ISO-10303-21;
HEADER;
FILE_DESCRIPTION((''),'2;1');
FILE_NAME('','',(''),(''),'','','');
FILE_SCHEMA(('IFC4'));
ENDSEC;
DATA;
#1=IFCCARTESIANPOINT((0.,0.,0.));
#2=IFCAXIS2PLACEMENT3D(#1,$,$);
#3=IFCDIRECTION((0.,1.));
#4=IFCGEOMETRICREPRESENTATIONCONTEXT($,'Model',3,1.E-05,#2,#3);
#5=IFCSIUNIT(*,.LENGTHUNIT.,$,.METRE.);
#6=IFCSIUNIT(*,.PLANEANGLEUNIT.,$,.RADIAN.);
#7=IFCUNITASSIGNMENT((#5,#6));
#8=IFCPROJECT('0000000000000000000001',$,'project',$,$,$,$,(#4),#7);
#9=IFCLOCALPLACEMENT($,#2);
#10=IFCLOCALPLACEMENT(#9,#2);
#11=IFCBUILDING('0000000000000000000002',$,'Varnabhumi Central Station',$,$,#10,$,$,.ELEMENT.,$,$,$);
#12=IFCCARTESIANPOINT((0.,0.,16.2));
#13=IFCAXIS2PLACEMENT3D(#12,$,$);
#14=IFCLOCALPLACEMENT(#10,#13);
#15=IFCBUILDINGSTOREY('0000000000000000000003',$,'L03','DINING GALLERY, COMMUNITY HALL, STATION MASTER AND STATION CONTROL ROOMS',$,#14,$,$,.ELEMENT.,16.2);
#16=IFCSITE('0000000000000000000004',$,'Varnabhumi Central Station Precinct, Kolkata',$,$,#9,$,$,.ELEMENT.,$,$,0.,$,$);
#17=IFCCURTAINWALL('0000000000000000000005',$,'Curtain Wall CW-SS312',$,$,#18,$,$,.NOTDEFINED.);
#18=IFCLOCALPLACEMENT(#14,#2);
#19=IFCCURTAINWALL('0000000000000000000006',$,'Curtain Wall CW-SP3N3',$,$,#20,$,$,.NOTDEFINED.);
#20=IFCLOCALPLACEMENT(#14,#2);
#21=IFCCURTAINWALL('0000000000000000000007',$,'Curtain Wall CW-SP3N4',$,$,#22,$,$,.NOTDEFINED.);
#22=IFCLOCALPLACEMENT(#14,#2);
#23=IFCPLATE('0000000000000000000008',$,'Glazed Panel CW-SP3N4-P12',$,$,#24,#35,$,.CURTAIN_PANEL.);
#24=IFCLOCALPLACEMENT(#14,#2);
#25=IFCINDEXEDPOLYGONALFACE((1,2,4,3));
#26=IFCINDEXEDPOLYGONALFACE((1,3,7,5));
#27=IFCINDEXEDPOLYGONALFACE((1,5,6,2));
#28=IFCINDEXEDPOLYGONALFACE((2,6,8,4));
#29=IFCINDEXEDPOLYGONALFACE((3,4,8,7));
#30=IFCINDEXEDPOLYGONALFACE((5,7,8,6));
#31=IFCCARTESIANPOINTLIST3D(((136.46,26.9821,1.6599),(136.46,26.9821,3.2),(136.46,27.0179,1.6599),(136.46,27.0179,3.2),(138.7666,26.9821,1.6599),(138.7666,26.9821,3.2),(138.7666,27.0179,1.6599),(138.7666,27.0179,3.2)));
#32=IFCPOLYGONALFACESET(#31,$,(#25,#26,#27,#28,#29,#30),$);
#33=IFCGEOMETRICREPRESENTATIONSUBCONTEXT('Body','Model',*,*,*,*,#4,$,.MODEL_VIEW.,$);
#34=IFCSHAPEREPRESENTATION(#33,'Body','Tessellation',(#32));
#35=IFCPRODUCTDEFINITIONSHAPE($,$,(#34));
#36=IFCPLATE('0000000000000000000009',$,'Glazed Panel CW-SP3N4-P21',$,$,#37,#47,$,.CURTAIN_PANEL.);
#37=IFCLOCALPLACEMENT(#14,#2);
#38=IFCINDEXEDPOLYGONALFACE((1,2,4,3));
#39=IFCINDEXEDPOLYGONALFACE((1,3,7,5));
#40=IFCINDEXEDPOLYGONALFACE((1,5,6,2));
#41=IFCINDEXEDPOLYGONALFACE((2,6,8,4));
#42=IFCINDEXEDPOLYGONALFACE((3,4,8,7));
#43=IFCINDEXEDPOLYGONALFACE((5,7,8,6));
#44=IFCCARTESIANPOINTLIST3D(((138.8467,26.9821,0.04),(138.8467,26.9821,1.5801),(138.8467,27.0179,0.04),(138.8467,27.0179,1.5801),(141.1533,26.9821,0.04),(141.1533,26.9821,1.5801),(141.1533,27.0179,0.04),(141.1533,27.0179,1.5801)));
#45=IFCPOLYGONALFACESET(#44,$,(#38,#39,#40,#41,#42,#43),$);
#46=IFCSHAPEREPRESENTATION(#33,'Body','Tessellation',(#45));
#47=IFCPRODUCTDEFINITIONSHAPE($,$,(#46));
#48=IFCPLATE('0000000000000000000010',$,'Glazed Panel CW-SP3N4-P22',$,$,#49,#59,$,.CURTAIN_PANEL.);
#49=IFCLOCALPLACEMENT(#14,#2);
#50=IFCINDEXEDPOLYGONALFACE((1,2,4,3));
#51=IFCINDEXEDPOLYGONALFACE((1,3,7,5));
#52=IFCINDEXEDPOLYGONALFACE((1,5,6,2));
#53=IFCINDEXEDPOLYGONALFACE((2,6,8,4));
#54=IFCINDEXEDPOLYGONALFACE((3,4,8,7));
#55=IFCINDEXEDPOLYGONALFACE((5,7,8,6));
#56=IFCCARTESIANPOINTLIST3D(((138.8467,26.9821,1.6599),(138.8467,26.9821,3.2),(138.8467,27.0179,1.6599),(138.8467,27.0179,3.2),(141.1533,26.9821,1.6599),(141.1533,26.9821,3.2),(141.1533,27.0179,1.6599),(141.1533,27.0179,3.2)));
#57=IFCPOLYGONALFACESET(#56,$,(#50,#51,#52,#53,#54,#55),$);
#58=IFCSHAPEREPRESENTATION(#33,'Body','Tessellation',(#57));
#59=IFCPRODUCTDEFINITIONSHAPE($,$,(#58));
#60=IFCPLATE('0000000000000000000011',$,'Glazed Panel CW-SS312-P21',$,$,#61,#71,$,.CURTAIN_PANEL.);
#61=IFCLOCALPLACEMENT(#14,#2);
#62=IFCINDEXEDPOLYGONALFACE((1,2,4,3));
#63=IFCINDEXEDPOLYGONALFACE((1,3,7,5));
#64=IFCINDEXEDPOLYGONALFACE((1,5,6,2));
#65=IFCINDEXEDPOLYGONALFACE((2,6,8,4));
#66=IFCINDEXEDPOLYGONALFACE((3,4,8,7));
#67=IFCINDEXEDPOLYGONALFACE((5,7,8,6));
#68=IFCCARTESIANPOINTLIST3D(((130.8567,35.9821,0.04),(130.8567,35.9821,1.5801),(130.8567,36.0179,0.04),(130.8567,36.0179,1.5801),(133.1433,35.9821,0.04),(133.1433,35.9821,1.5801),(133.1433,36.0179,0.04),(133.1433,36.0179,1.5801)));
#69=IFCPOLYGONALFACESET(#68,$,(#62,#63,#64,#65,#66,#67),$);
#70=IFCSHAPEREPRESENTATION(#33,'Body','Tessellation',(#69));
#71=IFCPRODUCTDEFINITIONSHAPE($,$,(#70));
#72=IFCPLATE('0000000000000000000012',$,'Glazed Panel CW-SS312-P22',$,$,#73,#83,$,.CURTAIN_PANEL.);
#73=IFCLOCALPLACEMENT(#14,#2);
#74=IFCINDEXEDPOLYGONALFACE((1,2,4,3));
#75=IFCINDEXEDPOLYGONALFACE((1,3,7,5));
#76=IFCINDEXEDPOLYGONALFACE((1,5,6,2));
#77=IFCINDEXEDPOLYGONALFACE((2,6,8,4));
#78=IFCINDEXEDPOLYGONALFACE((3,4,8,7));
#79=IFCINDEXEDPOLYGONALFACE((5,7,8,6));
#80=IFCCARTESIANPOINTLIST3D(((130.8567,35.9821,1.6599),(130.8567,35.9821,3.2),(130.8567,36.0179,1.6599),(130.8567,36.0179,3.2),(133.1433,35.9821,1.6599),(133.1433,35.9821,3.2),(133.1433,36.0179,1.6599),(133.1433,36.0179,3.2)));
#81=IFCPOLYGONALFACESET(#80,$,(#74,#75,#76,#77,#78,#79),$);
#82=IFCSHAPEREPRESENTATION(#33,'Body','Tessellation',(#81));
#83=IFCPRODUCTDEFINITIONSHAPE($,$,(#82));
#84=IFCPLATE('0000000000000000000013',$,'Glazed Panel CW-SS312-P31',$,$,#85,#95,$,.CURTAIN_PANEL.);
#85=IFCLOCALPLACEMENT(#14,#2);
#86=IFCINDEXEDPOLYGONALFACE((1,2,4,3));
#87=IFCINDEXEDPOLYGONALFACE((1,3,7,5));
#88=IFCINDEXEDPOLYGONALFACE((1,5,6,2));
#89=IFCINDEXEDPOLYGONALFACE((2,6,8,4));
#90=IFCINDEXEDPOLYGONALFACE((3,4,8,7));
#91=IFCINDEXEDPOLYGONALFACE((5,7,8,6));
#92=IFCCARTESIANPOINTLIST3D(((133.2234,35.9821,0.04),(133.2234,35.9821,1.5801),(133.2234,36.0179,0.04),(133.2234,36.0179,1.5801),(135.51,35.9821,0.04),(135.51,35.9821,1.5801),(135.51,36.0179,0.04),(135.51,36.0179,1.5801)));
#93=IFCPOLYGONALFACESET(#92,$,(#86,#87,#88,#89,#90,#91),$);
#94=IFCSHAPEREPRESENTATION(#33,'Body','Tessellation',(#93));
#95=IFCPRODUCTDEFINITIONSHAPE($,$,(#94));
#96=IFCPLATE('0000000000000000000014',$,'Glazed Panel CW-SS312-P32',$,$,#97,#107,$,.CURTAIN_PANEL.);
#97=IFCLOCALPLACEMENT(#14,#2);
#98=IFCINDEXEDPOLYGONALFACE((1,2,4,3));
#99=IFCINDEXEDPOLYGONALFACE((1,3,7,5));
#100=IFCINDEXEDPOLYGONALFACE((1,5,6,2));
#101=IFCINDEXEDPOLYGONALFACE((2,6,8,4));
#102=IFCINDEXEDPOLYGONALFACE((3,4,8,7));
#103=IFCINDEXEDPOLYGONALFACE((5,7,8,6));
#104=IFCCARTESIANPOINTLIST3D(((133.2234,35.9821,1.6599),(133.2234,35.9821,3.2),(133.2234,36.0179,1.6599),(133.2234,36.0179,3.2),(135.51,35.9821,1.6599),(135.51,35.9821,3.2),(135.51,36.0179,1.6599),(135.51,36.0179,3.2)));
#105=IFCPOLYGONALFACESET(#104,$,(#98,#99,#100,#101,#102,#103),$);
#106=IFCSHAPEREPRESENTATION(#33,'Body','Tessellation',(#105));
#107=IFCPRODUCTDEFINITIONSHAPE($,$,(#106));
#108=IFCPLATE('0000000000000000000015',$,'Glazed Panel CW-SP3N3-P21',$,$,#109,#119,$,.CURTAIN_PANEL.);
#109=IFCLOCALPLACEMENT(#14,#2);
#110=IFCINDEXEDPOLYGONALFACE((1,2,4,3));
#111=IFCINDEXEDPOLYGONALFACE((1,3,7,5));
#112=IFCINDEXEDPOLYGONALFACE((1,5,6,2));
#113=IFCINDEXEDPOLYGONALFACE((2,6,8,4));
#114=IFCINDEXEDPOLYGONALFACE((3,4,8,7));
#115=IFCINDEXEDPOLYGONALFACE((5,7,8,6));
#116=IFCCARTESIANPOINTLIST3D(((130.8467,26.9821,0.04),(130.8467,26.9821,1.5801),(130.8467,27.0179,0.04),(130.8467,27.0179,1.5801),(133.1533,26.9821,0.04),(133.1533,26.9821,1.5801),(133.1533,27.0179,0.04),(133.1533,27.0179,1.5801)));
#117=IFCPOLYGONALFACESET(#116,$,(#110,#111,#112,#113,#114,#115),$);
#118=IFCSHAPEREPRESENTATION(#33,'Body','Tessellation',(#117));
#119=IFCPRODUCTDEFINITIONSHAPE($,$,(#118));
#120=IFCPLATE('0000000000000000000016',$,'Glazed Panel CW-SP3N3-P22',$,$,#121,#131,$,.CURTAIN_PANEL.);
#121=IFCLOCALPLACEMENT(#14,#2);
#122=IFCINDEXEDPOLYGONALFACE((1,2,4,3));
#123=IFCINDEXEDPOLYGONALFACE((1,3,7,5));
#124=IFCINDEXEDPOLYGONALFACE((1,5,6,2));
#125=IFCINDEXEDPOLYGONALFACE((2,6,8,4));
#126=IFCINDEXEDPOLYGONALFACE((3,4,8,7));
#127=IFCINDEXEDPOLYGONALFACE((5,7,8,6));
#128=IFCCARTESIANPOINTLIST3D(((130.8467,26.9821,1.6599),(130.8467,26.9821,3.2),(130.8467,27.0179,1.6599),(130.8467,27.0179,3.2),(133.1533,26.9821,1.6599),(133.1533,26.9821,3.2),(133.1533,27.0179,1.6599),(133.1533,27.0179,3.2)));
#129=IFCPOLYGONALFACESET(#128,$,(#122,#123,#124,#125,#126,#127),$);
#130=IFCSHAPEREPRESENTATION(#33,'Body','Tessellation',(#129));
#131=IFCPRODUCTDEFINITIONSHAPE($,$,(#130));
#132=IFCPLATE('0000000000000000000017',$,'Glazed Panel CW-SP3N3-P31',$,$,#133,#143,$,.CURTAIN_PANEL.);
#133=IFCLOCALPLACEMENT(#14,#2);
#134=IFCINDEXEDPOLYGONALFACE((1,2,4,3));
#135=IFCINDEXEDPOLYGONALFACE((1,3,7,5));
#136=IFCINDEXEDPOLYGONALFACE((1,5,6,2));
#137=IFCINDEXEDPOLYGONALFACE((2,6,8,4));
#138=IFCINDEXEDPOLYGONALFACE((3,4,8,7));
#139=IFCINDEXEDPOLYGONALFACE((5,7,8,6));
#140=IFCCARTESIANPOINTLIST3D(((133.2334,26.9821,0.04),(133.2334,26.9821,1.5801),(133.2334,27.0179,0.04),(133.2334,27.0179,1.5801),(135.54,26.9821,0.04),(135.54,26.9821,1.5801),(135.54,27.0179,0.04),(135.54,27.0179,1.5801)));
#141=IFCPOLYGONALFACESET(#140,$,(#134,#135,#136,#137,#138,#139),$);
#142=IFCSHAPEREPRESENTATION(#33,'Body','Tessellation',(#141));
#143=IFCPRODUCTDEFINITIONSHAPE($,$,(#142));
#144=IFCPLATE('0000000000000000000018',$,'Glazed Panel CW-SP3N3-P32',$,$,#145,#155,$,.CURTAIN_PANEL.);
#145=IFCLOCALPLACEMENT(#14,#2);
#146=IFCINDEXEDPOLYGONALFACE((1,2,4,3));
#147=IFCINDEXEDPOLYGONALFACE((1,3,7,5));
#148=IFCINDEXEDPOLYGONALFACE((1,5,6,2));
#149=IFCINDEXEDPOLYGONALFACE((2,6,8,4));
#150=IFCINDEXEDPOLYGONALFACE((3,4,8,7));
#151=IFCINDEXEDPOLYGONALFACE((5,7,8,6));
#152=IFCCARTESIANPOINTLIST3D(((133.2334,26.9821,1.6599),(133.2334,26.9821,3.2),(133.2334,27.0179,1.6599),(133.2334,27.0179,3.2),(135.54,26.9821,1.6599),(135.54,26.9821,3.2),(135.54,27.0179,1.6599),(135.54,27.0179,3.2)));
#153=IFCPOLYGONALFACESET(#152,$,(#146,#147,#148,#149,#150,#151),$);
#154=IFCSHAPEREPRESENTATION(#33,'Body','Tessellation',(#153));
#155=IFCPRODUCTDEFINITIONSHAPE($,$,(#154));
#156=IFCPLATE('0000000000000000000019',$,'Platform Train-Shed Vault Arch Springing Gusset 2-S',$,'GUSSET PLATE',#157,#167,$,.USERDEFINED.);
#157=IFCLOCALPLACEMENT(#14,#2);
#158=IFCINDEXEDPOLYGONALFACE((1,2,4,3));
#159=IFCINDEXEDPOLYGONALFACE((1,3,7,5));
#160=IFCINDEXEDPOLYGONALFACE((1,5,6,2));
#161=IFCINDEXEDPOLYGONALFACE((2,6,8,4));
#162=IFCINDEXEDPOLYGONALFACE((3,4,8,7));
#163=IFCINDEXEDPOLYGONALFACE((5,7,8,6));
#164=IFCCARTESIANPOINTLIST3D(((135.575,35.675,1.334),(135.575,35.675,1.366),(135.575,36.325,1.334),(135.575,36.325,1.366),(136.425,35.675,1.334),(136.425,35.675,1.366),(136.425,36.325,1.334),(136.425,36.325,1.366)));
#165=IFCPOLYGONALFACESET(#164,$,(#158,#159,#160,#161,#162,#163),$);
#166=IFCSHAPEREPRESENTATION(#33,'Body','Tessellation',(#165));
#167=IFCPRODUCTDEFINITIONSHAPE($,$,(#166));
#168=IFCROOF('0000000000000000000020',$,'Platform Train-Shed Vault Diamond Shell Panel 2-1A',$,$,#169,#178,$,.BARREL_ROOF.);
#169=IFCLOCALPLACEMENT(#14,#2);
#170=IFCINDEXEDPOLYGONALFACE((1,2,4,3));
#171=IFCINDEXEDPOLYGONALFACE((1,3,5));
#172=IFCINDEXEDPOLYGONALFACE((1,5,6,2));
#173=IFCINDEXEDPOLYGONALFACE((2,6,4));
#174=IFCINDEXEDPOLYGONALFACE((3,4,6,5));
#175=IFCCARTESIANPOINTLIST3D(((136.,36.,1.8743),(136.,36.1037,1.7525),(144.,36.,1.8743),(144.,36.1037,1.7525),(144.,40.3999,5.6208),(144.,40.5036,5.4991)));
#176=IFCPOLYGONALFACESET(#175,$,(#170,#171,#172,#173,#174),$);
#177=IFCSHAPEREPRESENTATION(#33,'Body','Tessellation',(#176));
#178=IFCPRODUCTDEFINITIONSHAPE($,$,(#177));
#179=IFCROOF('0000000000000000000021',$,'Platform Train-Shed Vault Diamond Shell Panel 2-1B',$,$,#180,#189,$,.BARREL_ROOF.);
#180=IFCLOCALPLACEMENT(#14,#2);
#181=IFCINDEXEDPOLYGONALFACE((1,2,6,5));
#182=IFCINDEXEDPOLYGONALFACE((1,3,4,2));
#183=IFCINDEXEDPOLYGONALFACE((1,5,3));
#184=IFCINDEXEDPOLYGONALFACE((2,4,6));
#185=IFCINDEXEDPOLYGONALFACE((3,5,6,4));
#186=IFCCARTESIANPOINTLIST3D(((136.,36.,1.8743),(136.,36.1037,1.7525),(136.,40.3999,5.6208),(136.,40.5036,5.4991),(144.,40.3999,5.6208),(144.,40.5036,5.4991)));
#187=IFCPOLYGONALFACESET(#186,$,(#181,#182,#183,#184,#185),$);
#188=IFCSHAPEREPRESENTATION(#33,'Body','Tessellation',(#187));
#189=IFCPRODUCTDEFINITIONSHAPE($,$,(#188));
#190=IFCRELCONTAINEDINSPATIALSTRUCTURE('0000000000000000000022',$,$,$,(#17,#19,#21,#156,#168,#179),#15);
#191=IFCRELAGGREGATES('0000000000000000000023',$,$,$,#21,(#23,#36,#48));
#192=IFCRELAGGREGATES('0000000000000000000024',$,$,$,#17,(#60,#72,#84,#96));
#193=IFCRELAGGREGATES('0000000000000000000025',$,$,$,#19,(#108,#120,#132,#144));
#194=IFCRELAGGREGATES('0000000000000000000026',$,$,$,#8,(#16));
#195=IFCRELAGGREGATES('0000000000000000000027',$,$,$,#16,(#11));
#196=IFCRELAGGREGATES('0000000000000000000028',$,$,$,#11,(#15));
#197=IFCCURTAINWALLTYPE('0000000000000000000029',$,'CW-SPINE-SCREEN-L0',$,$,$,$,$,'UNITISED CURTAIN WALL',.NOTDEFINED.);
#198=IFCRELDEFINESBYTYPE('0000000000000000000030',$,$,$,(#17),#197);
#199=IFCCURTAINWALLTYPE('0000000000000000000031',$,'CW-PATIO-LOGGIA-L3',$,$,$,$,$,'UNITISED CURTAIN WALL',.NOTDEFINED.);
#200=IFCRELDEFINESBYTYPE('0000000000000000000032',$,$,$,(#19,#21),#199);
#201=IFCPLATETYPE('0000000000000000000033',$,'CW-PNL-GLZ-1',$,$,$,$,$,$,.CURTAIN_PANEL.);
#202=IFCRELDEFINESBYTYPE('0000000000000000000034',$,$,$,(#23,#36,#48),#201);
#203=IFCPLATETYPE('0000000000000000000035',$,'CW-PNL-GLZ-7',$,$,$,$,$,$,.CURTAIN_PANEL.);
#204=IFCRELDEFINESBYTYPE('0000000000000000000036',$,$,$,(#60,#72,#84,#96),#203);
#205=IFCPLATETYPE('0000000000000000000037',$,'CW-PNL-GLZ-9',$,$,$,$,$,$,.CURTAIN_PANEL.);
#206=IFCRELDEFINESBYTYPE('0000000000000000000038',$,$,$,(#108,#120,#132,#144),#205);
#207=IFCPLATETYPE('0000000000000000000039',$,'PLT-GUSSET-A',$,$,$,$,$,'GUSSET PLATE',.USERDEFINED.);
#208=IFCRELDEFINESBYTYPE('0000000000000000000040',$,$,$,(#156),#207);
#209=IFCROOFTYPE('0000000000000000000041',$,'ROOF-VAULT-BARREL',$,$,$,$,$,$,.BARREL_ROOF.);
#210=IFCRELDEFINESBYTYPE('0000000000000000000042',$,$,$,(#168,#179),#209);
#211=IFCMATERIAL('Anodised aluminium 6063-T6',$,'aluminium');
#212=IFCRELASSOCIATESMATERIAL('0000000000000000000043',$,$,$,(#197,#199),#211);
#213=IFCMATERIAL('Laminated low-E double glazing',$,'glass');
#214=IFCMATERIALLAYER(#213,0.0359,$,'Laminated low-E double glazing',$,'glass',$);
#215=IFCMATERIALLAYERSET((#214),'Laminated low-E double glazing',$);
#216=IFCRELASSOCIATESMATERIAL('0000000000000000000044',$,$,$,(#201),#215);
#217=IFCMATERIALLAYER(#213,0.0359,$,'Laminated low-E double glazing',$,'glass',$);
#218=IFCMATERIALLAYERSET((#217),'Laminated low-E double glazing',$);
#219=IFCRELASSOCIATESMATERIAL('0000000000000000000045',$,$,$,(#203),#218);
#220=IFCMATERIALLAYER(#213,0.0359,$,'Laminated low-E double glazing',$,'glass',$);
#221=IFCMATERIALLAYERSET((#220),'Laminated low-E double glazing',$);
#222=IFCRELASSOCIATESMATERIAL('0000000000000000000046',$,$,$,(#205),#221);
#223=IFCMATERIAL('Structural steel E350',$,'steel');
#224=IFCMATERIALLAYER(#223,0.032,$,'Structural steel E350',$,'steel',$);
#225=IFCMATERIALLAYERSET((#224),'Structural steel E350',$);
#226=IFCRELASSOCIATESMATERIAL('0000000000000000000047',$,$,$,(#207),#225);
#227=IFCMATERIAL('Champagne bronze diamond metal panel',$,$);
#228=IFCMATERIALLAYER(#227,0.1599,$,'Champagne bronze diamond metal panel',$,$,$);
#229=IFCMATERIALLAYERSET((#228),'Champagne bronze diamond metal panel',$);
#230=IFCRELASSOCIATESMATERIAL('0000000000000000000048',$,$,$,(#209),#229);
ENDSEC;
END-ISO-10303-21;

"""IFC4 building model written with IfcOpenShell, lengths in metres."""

from ifc_helpers import new_model, si_unit, direction, frame, origin, origin_2d, place, context, subcontext, project, spatial, polyline, rectangle, outline, extrude, material, layer, layer_set, type_object, element, aggregate, save


model = new_model("IFC4")

# Units and contexts
model_context = context("Model", 3, precision=1e-05, world=origin(), true_north=direction((0.0, 1.0)))
body_context = subcontext(model_context, "Body", "Model", "MODEL_VIEW")
ifc_project = project(units=[si_unit("LENGTHUNIT", "METRE"), si_unit("PLANEANGLEUNIT", "RADIAN")], contexts=[model_context])

# Site, building, storey
site_placement = place(None, origin())
site = spatial("IfcSite", under=ifc_project, at=site_placement, Name="Varnabhumi Central Station Precinct, Kolkata", CompositionType="ELEMENT", RefElevation=0.0)
building_placement = place(site_placement, origin())
building = spatial("IfcBuilding", under=site, at=building_placement, Name="Varnabhumi Central Station", CompositionType="ELEMENT")
storey_placement = place(building_placement, frame((0.0, 0.0, 16.2)))
storey = spatial("IfcBuildingStorey", under=building, at=storey_placement, Name="L03", Description="DINING GALLERY, COMMUNITY HALL, STATION MASTER AND STATION CONTROL ROOMS", CompositionType="ELEMENT", Elevation=16.2)

# Shared definitions
ifc_material_1 = material(Name="Structural steel E350", Category="steel")

# Curtain walls
ifc_material_2 = material(Name="Anodised aluminium 6063-T6", Category="aluminium")
curtain_wall_type_1 = type_object("IfcCurtainWallType", Name="CW-SPINE-SCREEN-L0", ElementType="UNITISED CURTAIN WALL", PredefinedType="NOTDEFINED", material=ifc_material_2)
curtain_wall_1_placement = place(storey_placement, origin())
curtain_wall_1 = element("IfcCurtainWall", 1, at=curtain_wall_1_placement, inside=storey, type_object=curtain_wall_type_1, Name="Curtain Wall CW-SS312", PredefinedType="NOTDEFINED")
curtain_wall_type_2 = type_object("IfcCurtainWallType", Name="CW-PATIO-LOGGIA-L3", ElementType="UNITISED CURTAIN WALL", PredefinedType="NOTDEFINED", material=ifc_material_2)
curtain_wall_2_placement = place(storey_placement, origin())
curtain_wall_2 = element("IfcCurtainWall", 2, at=curtain_wall_2_placement, inside=storey, type_object=curtain_wall_type_2, Name="Curtain Wall CW-SP3N3", PredefinedType="NOTDEFINED")
curtain_wall_3_placement = place(storey_placement, origin())
curtain_wall_3 = element("IfcCurtainWall", 3, at=curtain_wall_3_placement, inside=storey, type_object=curtain_wall_type_2, Name="Curtain Wall CW-SP3N4", PredefinedType="NOTDEFINED")

# Plates
ifc_material_3 = material(Name="Laminated low-E double glazing", Category="glass")
ifc_layer_1 = layer(ifc_material_3, 0.0359, Name="Laminated low-E double glazing", Category="glass")
ifc_layer_set_1 = layer_set([ifc_layer_1], Name="Laminated low-E double glazing")
plate_type_1 = type_object("IfcPlateType", Name="CW-PNL-GLZ-1", PredefinedType="CURTAIN_PANEL", material=ifc_layer_set_1)
plate_1_placement = place(storey_placement, frame((137.6133, 27.0, 1.6599), z_axis=(0.0, 0.0, 1.0), x_axis=(1.0, 0.0, 0.0)))
plate_1 = element("IfcPlate", 4, at=plate_1_placement, type_object=plate_type_1, Name="Glazed Panel CW-SP3N4-P12", PredefinedType="CURTAIN_PANEL", context=body_context, shape_type="SweptSolid", body=[
    extrude(rectangle(XDim=2.3066, YDim=0.0359, at=origin_2d()), origin(), (0.0, 0.0, 1.0), 1.54),
])
plate_2_placement = place(storey_placement, frame((140.0, 27.0, 0.04), z_axis=(0.0, 0.0, 1.0), x_axis=(1.0, 0.0, 0.0)))
plate_2 = element("IfcPlate", 5, at=plate_2_placement, type_object=plate_type_1, Name="Glazed Panel CW-SP3N4-P21", PredefinedType="CURTAIN_PANEL", context=body_context, shape_type="SweptSolid", body=[
    extrude(rectangle(XDim=2.3066, YDim=0.0359, at=origin_2d()), origin(), (0.0, 0.0, 1.0), 1.54),
])
plate_3_placement = place(storey_placement, frame((140.0, 27.0, 1.6599), z_axis=(0.0, 0.0, 1.0), x_axis=(1.0, 0.0, 0.0)))
plate_3 = element("IfcPlate", 6, at=plate_3_placement, type_object=plate_type_1, Name="Glazed Panel CW-SP3N4-P22", PredefinedType="CURTAIN_PANEL", context=body_context, shape_type="SweptSolid", body=[
    extrude(rectangle(XDim=2.3066, YDim=0.0359, at=origin_2d()), origin(), (0.0, 0.0, 1.0), 1.54),
])
aggregate(curtain_wall_3, [plate_1, plate_2, plate_3])
ifc_layer_2 = layer(ifc_material_3, 0.0359, Name="Laminated low-E double glazing", Category="glass")
ifc_layer_set_2 = layer_set([ifc_layer_2], Name="Laminated low-E double glazing")
plate_type_2 = type_object("IfcPlateType", Name="CW-PNL-GLZ-7", PredefinedType="CURTAIN_PANEL", material=ifc_layer_set_2)
plate_4_placement = place(storey_placement, frame((132.0, 36.0, 0.04), z_axis=(0.0, 0.0, 1.0), x_axis=(1.0, 0.0, 0.0)))
plate_4 = element("IfcPlate", 7, at=plate_4_placement, type_object=plate_type_2, Name="Glazed Panel CW-SS312-P21", PredefinedType="CURTAIN_PANEL", context=body_context, shape_type="SweptSolid", body=[
    extrude(rectangle(XDim=2.2866, YDim=0.0359, at=origin_2d()), origin(), (0.0, 0.0, 1.0), 1.54),
])
plate_5_placement = place(storey_placement, frame((132.0, 36.0, 1.6599), z_axis=(0.0, 0.0, 1.0), x_axis=(1.0, 0.0, 0.0)))
plate_5 = element("IfcPlate", 8, at=plate_5_placement, type_object=plate_type_2, Name="Glazed Panel CW-SS312-P22", PredefinedType="CURTAIN_PANEL", context=body_context, shape_type="SweptSolid", body=[
    extrude(rectangle(XDim=2.2866, YDim=0.0359, at=origin_2d()), origin(), (0.0, 0.0, 1.0), 1.54),
])
plate_6_placement = place(storey_placement, frame((134.3667, 36.0, 0.04), z_axis=(0.0, 0.0, 1.0), x_axis=(1.0, 0.0, 0.0)))
plate_6 = element("IfcPlate", 9, at=plate_6_placement, type_object=plate_type_2, Name="Glazed Panel CW-SS312-P31", PredefinedType="CURTAIN_PANEL", context=body_context, shape_type="SweptSolid", body=[
    extrude(rectangle(XDim=2.2866, YDim=0.0359, at=origin_2d()), origin(), (0.0, 0.0, 1.0), 1.54),
])
plate_7_placement = place(storey_placement, frame((134.3667, 36.0, 1.6599), z_axis=(0.0, 0.0, 1.0), x_axis=(1.0, 0.0, 0.0)))
plate_7 = element("IfcPlate", 10, at=plate_7_placement, type_object=plate_type_2, Name="Glazed Panel CW-SS312-P32", PredefinedType="CURTAIN_PANEL", context=body_context, shape_type="SweptSolid", body=[
    extrude(rectangle(XDim=2.2866, YDim=0.0359, at=origin_2d()), origin(), (0.0, 0.0, 1.0), 1.54),
])
aggregate(curtain_wall_1, [plate_4, plate_5, plate_6, plate_7])
ifc_layer_3 = layer(ifc_material_3, 0.0359, Name="Laminated low-E double glazing", Category="glass")
ifc_layer_set_3 = layer_set([ifc_layer_3], Name="Laminated low-E double glazing")
plate_type_3 = type_object("IfcPlateType", Name="CW-PNL-GLZ-9", PredefinedType="CURTAIN_PANEL", material=ifc_layer_set_3)
plate_8_placement = place(storey_placement, frame((132.0, 27.0, 0.04), z_axis=(0.0, 0.0, 1.0), x_axis=(1.0, 0.0, 0.0)))
plate_8 = element("IfcPlate", 11, at=plate_8_placement, type_object=plate_type_3, Name="Glazed Panel CW-SP3N3-P21", PredefinedType="CURTAIN_PANEL", context=body_context, shape_type="SweptSolid", body=[
    extrude(rectangle(XDim=2.3066, YDim=0.0359, at=origin_2d()), origin(), (0.0, 0.0, 1.0), 1.54),
])
plate_9_placement = place(storey_placement, frame((132.0, 27.0, 1.6599), z_axis=(0.0, 0.0, 1.0), x_axis=(1.0, 0.0, 0.0)))
plate_9 = element("IfcPlate", 12, at=plate_9_placement, type_object=plate_type_3, Name="Glazed Panel CW-SP3N3-P22", PredefinedType="CURTAIN_PANEL", context=body_context, shape_type="SweptSolid", body=[
    extrude(rectangle(XDim=2.3066, YDim=0.0359, at=origin_2d()), origin(), (0.0, 0.0, 1.0), 1.54),
])
plate_10_placement = place(storey_placement, frame((134.3867, 27.0, 0.04), z_axis=(0.0, 0.0, 1.0), x_axis=(1.0, 0.0, 0.0)))
plate_10 = element("IfcPlate", 13, at=plate_10_placement, type_object=plate_type_3, Name="Glazed Panel CW-SP3N3-P31", PredefinedType="CURTAIN_PANEL", context=body_context, shape_type="SweptSolid", body=[
    extrude(rectangle(XDim=2.3066, YDim=0.0359, at=origin_2d()), origin(), (0.0, 0.0, 1.0), 1.54),
])
plate_11_placement = place(storey_placement, frame((134.3867, 27.0, 1.6599), z_axis=(0.0, 0.0, 1.0), x_axis=(1.0, 0.0, 0.0)))
plate_11 = element("IfcPlate", 14, at=plate_11_placement, type_object=plate_type_3, Name="Glazed Panel CW-SP3N3-P32", PredefinedType="CURTAIN_PANEL", context=body_context, shape_type="SweptSolid", body=[
    extrude(rectangle(XDim=2.3066, YDim=0.0359, at=origin_2d()), origin(), (0.0, 0.0, 1.0), 1.54),
])
aggregate(curtain_wall_2, [plate_8, plate_9, plate_10, plate_11])
ifc_layer_4 = layer(ifc_material_1, 0.032, Name="Structural steel E350", Category="steel")
ifc_layer_set_4 = layer_set([ifc_layer_4], Name="Structural steel E350")
plate_type_4 = type_object("IfcPlateType", Name="PLT-GUSSET-A", ElementType="GUSSET PLATE", PredefinedType="USERDEFINED", material=ifc_layer_set_4)
plate_12_placement = place(storey_placement, frame((136.0, 36.0, 1.334), z_axis=(0.0, 0.0, 1.0), x_axis=(1.0, 0.0, 0.0)))
element("IfcPlate", 15, at=plate_12_placement, inside=storey, type_object=plate_type_4, Name="Platform Train-Shed Vault Arch Springing Gusset 2-S", ObjectType="GUSSET PLATE", PredefinedType="USERDEFINED", context=body_context, shape_type="SweptSolid", body=[
    extrude(rectangle(XDim=0.8501, YDim=0.6499, at=origin_2d()), origin(), (0.0, 0.0, 1.0), 0.032),
])

# Roofs
ifc_material_4 = material(Name="Champagne bronze diamond metal panel")
ifc_layer_5 = layer(ifc_material_4, 0.1599, Name="Champagne bronze diamond metal panel")
ifc_layer_set_5 = layer_set([ifc_layer_5], Name="Champagne bronze diamond metal panel")
roof_type = type_object("IfcRoofType", Name="ROOF-VAULT-BARREL", PredefinedType="BARREL_ROOF", material=ifc_layer_set_5)
roof_1_placement = place(storey_placement, frame((136.0, 36.0, 1.8743), z_axis=(0.0, -0.648318, 0.76137), x_axis=(1.0, 0.0, 0.0)))
element("IfcRoof", 16, at=roof_1_placement, inside=storey, type_object=roof_type, Name="Platform Train-Shed Vault Diamond Shell Panel 2-1A", PredefinedType="BARREL_ROOF", context=body_context, shape_type="SweptSolid", body=[
    extrude(outline(polyline([(0.0, 0.0), (8.0, 0.0), (8.0, 5.7789), (0.0, 0.0)])), origin(), (0.0, 0.0, -1.0), 0.1599),
])
roof_2_placement = place(storey_placement, frame((136.0, 36.0, 1.8743), z_axis=(0.0, -0.648318, 0.76137), x_axis=(0.810624, 0.445833, 0.379634)))
element("IfcRoof", 17, at=roof_2_placement, inside=storey, type_object=roof_type, Name="Platform Train-Shed Vault Diamond Shell Panel 2-1B", PredefinedType="BARREL_ROOF", context=body_context, shape_type="SweptSolid", body=[
    extrude(outline(polyline([(0.0, 0.0), (9.8689, 0.0), (3.384, 4.6845), (0.0, 0.0)])), origin(), (0.0, 0.0, -1.0), 0.1599),
])

save(model, "model.ifc")
